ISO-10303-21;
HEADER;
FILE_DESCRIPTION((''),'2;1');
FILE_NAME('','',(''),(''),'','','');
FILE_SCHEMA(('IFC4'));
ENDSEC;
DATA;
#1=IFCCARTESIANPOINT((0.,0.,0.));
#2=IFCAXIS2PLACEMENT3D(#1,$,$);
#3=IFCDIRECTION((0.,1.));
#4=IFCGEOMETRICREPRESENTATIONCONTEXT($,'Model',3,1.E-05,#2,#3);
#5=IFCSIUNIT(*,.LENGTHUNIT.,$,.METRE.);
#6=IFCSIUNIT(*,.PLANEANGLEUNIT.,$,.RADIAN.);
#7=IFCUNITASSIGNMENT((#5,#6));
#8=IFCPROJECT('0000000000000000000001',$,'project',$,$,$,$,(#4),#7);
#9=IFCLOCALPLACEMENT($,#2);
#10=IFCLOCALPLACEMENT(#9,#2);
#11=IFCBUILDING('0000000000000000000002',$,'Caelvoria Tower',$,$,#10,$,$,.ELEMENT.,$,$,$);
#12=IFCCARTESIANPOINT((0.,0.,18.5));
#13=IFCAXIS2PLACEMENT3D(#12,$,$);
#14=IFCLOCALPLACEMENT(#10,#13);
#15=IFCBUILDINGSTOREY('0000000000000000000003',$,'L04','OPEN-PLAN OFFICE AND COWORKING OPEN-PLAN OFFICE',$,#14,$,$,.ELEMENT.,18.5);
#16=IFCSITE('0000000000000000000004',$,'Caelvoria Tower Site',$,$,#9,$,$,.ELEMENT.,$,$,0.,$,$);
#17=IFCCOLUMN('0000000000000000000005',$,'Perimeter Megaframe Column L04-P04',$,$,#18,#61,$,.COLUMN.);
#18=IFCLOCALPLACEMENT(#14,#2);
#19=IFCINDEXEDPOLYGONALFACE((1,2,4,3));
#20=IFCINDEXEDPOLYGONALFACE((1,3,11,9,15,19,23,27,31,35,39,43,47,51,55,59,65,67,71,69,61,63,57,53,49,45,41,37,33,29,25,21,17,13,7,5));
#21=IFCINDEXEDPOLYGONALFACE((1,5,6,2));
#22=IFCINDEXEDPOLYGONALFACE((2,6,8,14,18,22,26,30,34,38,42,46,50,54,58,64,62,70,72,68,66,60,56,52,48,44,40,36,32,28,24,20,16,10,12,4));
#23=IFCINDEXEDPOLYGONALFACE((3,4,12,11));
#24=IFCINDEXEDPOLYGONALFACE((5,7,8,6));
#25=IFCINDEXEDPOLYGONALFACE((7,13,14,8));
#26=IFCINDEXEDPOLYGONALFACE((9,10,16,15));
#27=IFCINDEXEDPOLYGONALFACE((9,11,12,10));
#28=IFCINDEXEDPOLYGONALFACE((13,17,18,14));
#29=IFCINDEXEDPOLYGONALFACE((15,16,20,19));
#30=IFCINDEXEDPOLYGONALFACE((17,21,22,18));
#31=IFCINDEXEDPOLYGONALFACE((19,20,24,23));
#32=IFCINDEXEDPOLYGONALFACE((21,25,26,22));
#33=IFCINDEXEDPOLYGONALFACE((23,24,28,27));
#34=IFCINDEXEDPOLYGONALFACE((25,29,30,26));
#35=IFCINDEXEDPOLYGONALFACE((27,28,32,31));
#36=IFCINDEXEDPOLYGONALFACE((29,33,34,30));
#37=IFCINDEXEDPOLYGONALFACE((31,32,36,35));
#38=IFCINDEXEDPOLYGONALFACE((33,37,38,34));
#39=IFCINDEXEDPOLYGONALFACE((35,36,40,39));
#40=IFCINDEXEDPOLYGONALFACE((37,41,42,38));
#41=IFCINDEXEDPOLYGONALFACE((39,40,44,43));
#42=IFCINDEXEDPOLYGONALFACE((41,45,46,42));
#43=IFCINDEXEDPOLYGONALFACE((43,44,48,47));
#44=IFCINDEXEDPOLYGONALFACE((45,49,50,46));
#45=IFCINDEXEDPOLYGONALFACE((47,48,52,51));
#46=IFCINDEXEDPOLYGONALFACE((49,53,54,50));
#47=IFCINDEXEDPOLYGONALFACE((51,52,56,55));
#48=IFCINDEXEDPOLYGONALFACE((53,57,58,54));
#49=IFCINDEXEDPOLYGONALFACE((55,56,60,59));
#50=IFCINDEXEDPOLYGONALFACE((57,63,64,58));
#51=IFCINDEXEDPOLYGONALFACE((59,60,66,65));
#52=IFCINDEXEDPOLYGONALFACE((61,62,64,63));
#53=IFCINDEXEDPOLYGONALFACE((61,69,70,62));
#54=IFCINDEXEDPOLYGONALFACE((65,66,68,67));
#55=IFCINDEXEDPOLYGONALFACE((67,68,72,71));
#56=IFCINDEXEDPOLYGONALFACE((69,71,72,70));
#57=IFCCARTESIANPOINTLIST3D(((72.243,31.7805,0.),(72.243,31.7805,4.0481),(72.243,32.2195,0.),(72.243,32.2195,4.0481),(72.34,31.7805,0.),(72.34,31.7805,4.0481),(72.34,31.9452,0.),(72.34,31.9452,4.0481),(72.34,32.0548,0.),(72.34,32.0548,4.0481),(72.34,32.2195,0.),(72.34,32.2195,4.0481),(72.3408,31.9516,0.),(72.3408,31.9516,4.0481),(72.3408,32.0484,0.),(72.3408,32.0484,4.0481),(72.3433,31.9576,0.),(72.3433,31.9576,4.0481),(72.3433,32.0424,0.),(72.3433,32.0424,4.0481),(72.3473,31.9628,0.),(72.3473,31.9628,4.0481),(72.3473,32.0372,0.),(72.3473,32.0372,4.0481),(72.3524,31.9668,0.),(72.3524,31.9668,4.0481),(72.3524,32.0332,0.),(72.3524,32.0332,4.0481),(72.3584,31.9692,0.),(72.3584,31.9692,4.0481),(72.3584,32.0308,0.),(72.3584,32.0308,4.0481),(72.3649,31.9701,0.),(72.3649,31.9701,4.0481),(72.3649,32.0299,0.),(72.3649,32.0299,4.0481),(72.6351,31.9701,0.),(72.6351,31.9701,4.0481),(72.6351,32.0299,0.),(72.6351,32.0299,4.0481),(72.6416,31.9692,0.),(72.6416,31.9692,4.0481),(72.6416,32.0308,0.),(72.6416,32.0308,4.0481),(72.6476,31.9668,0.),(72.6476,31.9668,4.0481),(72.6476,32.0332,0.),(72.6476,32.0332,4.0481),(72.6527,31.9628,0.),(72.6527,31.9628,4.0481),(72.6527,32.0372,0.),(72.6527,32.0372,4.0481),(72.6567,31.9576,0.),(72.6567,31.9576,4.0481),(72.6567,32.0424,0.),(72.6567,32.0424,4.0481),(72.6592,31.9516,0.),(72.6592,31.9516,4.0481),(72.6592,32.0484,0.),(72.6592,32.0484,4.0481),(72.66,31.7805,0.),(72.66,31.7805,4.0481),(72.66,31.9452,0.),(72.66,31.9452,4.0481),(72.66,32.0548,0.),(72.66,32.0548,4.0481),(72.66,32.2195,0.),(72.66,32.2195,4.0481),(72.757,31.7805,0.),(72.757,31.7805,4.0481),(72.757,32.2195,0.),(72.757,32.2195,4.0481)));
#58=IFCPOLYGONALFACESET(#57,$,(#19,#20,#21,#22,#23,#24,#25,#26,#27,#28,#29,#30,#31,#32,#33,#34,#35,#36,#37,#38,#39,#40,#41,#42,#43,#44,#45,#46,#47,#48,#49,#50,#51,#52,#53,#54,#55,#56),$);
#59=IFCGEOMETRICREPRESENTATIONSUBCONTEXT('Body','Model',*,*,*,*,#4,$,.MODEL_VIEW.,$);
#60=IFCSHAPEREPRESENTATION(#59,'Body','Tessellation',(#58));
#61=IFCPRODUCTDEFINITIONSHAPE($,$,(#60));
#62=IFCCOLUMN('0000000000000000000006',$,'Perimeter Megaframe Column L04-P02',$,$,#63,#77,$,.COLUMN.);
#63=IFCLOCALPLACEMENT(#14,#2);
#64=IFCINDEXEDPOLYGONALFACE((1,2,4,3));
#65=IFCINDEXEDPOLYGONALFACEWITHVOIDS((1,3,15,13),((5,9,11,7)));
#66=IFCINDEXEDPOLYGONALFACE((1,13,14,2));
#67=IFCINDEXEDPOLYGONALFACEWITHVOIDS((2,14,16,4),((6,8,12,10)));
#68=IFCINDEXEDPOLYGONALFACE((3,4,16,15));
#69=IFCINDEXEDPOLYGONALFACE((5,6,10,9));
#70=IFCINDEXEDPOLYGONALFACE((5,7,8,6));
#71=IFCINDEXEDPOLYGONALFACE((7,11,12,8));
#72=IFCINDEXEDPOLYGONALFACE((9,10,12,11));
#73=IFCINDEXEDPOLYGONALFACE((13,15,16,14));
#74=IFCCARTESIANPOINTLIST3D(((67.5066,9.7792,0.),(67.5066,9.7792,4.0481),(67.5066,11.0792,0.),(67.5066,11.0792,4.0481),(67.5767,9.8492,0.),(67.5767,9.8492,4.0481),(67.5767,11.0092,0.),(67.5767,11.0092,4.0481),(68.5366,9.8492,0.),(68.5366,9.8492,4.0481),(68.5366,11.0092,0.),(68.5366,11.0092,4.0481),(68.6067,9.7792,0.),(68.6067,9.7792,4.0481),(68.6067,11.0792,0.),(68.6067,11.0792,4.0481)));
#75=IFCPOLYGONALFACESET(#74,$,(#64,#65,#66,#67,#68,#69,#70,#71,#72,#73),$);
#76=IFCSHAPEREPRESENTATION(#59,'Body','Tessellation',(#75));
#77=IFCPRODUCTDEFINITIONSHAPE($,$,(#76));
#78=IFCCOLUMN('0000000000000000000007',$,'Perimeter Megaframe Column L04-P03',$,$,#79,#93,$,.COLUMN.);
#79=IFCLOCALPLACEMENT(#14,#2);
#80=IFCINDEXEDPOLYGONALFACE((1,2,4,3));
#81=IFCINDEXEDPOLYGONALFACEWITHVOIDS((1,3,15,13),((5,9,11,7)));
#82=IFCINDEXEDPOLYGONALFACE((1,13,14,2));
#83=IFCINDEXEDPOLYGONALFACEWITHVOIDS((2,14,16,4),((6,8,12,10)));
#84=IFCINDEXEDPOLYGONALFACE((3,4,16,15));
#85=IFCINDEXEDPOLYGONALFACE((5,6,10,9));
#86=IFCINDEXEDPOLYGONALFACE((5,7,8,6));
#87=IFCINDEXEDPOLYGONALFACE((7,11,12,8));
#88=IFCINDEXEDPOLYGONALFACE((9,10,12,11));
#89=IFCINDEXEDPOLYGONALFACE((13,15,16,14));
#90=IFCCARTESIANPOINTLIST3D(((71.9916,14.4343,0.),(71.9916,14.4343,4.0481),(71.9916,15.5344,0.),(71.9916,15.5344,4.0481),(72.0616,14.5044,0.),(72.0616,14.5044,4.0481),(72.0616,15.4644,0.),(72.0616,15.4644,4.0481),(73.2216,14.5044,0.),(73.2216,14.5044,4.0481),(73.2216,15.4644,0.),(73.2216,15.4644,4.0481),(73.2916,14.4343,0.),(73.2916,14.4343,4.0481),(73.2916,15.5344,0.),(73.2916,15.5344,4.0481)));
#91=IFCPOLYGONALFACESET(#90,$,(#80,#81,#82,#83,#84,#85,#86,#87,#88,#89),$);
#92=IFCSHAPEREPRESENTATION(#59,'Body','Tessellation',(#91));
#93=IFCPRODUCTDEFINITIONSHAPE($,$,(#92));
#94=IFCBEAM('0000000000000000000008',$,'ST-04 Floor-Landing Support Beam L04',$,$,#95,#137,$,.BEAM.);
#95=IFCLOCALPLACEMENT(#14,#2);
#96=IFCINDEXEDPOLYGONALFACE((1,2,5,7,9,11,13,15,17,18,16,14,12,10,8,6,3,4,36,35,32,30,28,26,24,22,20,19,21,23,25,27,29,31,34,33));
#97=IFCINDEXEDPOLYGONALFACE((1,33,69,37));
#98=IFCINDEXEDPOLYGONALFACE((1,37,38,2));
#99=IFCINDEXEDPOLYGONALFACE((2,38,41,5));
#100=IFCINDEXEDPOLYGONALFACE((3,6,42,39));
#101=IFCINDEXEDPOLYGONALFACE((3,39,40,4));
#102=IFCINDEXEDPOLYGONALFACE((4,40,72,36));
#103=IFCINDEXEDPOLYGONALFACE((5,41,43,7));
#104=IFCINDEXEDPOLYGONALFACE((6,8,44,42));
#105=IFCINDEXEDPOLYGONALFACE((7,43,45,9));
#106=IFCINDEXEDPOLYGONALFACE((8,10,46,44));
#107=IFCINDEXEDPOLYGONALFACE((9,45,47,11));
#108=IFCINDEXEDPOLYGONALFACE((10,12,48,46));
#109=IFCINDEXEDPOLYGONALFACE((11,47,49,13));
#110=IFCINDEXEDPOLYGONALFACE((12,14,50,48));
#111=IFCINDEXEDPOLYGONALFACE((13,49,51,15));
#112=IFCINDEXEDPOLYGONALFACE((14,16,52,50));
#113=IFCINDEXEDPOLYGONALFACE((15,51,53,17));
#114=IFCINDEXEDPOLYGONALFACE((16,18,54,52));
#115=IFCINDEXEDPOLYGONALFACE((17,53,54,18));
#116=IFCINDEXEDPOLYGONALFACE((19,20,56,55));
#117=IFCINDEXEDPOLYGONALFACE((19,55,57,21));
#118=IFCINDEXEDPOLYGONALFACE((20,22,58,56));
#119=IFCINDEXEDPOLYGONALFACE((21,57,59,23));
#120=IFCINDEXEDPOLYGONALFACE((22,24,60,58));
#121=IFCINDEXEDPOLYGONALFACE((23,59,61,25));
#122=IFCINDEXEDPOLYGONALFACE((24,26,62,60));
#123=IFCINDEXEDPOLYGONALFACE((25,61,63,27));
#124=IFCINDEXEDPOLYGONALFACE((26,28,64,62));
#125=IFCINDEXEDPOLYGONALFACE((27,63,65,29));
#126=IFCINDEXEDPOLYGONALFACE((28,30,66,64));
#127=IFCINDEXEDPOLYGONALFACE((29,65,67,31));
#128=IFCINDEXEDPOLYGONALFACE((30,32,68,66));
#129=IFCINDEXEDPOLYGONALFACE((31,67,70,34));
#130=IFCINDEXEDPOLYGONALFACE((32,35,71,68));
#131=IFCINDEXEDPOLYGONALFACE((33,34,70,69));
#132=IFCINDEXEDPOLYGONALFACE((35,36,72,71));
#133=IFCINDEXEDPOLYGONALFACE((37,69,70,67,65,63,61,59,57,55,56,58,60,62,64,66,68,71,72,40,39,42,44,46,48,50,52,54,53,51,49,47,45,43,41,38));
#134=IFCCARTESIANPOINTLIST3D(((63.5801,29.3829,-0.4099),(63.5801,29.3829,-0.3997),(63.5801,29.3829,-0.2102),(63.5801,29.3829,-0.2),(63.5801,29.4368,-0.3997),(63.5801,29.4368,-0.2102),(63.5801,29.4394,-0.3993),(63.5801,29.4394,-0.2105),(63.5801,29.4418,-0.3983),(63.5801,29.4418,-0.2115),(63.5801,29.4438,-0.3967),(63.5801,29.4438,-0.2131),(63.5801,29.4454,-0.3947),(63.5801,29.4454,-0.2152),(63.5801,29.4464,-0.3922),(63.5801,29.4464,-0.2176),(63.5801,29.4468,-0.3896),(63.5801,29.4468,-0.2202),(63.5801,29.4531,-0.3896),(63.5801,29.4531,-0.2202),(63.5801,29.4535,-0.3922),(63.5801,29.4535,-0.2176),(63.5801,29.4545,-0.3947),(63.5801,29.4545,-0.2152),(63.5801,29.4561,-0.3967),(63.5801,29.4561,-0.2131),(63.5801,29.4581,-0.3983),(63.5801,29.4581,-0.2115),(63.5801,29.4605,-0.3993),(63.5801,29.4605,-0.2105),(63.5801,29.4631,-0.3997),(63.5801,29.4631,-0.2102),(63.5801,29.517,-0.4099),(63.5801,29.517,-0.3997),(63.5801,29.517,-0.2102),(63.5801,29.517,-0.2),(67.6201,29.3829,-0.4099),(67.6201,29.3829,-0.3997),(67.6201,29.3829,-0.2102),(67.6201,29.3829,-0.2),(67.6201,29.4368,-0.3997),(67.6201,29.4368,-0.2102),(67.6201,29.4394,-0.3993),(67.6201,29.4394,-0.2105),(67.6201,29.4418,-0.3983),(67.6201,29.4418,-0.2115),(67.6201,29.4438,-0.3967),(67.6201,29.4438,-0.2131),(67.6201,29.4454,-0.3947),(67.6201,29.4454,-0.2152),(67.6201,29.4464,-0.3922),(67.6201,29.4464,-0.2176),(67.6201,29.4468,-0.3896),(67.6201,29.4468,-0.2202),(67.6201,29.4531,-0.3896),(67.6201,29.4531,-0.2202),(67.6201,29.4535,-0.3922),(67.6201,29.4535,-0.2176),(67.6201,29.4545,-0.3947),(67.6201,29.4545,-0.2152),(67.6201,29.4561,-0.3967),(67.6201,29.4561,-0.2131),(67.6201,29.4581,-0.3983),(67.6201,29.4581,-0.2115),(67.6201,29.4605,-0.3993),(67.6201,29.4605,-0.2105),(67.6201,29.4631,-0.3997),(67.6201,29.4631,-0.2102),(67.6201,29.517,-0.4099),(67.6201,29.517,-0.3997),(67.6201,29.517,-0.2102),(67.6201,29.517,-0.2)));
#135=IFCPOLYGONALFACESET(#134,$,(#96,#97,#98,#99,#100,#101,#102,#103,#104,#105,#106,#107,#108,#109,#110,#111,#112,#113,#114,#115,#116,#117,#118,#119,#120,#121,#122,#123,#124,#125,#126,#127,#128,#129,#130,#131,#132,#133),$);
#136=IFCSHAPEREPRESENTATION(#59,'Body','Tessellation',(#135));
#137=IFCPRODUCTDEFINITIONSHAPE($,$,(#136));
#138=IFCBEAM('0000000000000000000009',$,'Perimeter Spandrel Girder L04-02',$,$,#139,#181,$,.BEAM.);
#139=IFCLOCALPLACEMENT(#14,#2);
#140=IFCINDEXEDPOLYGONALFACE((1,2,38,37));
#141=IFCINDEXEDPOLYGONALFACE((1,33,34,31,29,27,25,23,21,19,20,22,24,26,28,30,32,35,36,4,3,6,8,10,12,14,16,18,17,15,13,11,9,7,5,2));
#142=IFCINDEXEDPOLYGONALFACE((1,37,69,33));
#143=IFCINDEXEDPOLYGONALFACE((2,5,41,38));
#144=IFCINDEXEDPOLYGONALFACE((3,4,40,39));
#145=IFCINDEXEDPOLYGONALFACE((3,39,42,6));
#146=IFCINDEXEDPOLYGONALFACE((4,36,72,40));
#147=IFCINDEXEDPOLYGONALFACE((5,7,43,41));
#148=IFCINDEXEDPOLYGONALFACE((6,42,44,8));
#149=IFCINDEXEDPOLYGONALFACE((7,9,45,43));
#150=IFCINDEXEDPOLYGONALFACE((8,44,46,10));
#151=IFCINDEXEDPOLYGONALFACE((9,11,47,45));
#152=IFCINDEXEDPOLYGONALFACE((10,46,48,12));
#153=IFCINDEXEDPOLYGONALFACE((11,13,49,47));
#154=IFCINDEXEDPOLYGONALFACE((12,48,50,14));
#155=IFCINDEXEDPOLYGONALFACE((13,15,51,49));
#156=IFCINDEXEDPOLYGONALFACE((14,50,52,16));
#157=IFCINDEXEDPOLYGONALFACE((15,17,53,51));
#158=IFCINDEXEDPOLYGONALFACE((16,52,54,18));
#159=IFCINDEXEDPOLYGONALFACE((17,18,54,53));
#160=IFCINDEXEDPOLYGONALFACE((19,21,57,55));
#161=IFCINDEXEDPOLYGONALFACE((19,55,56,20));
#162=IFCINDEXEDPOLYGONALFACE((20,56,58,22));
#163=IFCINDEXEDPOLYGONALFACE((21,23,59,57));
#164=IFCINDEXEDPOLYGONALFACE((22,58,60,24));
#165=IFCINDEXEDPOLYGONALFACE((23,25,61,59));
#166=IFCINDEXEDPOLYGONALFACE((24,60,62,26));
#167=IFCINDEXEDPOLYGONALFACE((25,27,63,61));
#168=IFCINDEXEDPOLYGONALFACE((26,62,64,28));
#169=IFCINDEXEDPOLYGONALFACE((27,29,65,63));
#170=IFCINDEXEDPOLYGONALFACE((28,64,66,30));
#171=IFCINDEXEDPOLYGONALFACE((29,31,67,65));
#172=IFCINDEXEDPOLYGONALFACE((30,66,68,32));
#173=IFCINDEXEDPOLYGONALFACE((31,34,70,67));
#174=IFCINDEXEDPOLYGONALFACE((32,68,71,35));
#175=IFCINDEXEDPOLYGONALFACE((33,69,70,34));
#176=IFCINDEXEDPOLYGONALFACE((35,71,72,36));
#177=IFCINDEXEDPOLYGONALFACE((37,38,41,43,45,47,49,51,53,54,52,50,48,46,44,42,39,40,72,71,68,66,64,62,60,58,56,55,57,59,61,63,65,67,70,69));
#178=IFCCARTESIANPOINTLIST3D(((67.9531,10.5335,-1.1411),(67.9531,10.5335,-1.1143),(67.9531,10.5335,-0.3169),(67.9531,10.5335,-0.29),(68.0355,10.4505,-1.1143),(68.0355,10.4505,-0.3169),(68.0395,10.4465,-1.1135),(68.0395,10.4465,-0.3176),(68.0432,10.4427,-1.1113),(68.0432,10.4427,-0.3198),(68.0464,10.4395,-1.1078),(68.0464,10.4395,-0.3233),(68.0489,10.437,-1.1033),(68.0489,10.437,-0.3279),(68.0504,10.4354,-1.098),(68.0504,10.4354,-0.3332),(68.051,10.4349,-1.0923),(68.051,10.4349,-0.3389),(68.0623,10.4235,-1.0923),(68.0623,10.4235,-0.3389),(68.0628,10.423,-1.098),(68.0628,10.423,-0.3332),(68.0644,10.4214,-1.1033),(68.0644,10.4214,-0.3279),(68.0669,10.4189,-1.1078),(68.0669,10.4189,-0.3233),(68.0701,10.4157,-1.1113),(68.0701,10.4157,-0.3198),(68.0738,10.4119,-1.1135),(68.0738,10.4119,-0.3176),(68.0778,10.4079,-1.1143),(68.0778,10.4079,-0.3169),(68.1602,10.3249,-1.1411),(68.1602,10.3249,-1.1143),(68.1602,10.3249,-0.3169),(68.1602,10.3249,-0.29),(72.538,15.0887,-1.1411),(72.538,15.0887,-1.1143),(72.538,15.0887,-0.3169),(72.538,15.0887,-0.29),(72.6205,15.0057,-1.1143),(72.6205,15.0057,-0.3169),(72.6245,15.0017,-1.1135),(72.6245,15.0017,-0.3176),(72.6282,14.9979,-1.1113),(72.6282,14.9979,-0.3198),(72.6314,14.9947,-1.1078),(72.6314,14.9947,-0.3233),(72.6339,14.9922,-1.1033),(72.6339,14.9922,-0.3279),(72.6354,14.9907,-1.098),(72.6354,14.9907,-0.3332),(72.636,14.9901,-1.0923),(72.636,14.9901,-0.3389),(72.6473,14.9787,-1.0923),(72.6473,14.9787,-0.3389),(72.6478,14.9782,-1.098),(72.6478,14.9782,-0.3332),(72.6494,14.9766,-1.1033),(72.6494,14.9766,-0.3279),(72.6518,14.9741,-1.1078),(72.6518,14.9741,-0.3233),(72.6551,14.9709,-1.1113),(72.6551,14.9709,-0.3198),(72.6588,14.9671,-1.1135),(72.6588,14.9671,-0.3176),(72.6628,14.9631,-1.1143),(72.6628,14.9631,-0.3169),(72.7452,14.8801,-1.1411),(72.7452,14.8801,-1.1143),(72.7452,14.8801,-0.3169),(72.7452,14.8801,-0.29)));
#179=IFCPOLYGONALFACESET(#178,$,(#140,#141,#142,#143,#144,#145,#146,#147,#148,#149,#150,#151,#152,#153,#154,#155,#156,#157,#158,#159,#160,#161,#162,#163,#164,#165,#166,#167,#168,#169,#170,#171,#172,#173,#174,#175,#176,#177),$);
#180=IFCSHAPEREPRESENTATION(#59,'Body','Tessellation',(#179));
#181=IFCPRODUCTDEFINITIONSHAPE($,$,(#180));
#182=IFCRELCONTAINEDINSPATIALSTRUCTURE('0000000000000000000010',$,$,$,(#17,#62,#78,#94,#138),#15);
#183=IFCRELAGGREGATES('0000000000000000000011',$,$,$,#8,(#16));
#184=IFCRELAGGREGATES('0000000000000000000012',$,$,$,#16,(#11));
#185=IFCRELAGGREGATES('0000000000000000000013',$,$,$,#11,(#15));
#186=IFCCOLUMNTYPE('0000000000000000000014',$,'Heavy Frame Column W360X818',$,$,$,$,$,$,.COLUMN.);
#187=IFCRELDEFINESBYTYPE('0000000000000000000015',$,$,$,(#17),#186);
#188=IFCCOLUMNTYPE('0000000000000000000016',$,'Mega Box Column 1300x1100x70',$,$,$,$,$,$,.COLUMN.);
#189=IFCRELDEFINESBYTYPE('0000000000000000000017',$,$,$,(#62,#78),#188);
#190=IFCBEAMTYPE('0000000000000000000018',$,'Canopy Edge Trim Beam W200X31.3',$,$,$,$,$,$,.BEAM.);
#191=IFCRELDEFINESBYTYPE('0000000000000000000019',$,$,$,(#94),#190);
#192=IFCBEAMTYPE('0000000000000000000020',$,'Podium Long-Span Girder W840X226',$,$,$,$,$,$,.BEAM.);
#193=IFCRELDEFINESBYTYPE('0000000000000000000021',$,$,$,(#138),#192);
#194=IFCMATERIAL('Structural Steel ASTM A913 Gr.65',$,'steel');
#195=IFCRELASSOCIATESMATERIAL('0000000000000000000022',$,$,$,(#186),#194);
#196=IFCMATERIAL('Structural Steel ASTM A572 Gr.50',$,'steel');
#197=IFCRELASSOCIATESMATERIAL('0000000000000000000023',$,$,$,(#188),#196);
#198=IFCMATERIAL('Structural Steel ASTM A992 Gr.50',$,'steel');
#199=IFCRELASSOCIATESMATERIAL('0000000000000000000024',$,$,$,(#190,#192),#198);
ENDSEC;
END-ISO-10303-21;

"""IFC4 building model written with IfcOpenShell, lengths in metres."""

from ifc_helpers import new_model, si_unit, direction, frame, origin, origin_2d, place, context, subcontext, project, spatial, hollow_rectangle, i_section, extrude, material, material_profile, profile_set, type_object, element, save


model = new_model("IFC4")

# Units and contexts
model_context = context("Model", 3, precision=1e-05, world=origin(), true_north=direction((0.0, 1.0)))
body_context = subcontext(model_context, "Body", "Model", "MODEL_VIEW")
ifc_project = project(units=[si_unit("LENGTHUNIT", "METRE"), si_unit("PLANEANGLEUNIT", "RADIAN")], contexts=[model_context])

# Site, building, storey
site_placement = place(None, origin())
site = spatial("IfcSite", under=ifc_project, at=site_placement, Name="Caelvoria Tower Site", CompositionType="ELEMENT", RefElevation=0.0)
building_placement = place(site_placement, origin())
building = spatial("IfcBuilding", under=site, at=building_placement, Name="Caelvoria Tower", CompositionType="ELEMENT")
storey_placement = place(building_placement, frame((0.0, 0.0, 18.5)))
storey = spatial("IfcBuildingStorey", under=building, at=storey_placement, Name="L04", Description="OPEN-PLAN OFFICE AND COWORKING OPEN-PLAN OFFICE", CompositionType="ELEMENT", Elevation=18.5)

# Columns
ifc_material_1 = material(Name="Structural Steel ASTM A913 Gr.65", Category="steel")
ifc_material_profile_1 = material_profile(ifc_material_1, i_section(OverallWidth=0.439, OverallDepth=0.5139, WebThickness=0.0598, FlangeThickness=0.0969, FilletRadius=0.0249, at=origin_2d()), Name="Structural Steel ASTM A913 Gr.65")
ifc_profile_set_1 = profile_set([ifc_material_profile_1], Name="W360X818 - Structural Steel ASTM A913 Gr.65")
column_type_1 = type_object("IfcColumnType", Name="Heavy Frame Column W360X818", PredefinedType="COLUMN", material=ifc_profile_set_1)
column_placement = place(storey_placement, frame((72.5, 32.0, 0.0), z_axis=(0.0, 0.0, 1.0), x_axis=(0.0, 1.0, 0.0)))
element("IfcColumn", 1, at=column_placement, inside=storey, type_object=column_type_1, Name="Perimeter Megaframe Column L04-P04", PredefinedType="COLUMN", context=body_context, shape_type="SweptSolid", body=[
    extrude(i_section(OverallWidth=0.439, OverallDepth=0.5139, WebThickness=0.0598, FlangeThickness=0.0969, FilletRadius=0.0249, at=origin_2d()), origin(), (0.0, 0.0, 1.0), 4.0481),
])
ifc_material_2 = material(Name="Structural Steel ASTM A572 Gr.50", Category="steel")
ifc_material_profile_2 = material_profile(ifc_material_2, hollow_rectangle(XDim=1.1001, YDim=1.3, WallThickness=0.0701, at=origin_2d()), Name="Structural Steel ASTM A572 Gr.50")
ifc_profile_set_2 = profile_set([ifc_material_profile_2], Name="BOX1300X1100X70 - Structural Steel ASTM A572 Gr.50")
column_type_2 = type_object("IfcColumnType", Name="Mega Box Column 1300x1100x70", PredefinedType="COLUMN", material=ifc_profile_set_2)
for number, where, z_axis, x_axis, name in (
    (2, (68.0566, 10.4292, 0.0), (0.0, 0.0, 1.0), (1.0, 0.0, 0.0), "Perimeter Megaframe Column L04-P02"),
    (3, (72.6416, 14.9844, 0.0), (0.0, 0.0, 1.0), (0.0, 1.0, 0.0), "Perimeter Megaframe Column L04-P03"),
):
    element("IfcColumn", number, at=place(storey_placement, frame(where, z_axis=z_axis, x_axis=x_axis)), inside=storey, type_object=column_type_2, Name=name, PredefinedType="COLUMN", context=body_context, shape_type="SweptSolid", body=[
        extrude(hollow_rectangle(XDim=1.1001, YDim=1.3, WallThickness=0.0701, at=origin_2d()), origin(), (0.0, 0.0, 1.0), 4.0481),
    ])

# Beams
ifc_material_3 = material(Name="Structural Steel ASTM A992 Gr.50", Category="steel")
ifc_material_profile_3 = material_profile(ifc_material_3, i_section(OverallWidth=0.134, OverallDepth=0.21, WebThickness=0.0063, FlangeThickness=0.0103, FilletRadius=0.01, at=origin_2d()), Name="Structural Steel ASTM A992 Gr.50")
ifc_profile_set_3 = profile_set([ifc_material_profile_3], Name="W200X31.3 - Structural Steel ASTM A992 Gr.50")
beam_type_1 = type_object("IfcBeamType", Name="Canopy Edge Trim Beam W200X31.3", PredefinedType="BEAM", material=ifc_profile_set_3)
beam_1_placement = place(storey_placement, frame((63.5801, 29.45, -0.3049), z_axis=(1.0, 0.0, 0.0), x_axis=(0.0, 1.0, 0.0)))
element("IfcBeam", 4, at=beam_1_placement, inside=storey, type_object=beam_type_1, Name="ST-04 Floor-Landing Support Beam L04", PredefinedType="BEAM", context=body_context, shape_type="SweptSolid", body=[
    extrude(i_section(OverallWidth=0.134, OverallDepth=0.21, WebThickness=0.0063, FlangeThickness=0.0103, FilletRadius=0.01, at=origin_2d()), origin(), (0.0, 0.0, 1.0), 4.04),
])
ifc_material_profile_4 = material_profile(ifc_material_3, i_section(OverallWidth=0.2939, OverallDepth=0.8511, WebThickness=0.0161, FlangeThickness=0.0269, FilletRadius=0.022, at=origin_2d()), Name="Structural Steel ASTM A992 Gr.50")
ifc_profile_set_4 = profile_set([ifc_material_profile_4], Name="W840X226 - Structural Steel ASTM A992 Gr.50")
beam_type_2 = type_object("IfcBeamType", Name="Podium Long-Span Girder W840X226", PredefinedType="BEAM", material=ifc_profile_set_4)
beam_2_placement = place(storey_placement, frame((68.0566, 10.4292, -0.7156), z_axis=(0.709407, 0.704799, 0.0), x_axis=(-0.704799, 0.709407, 0.0)))
element("IfcBeam", 5, at=beam_2_placement, inside=storey, type_object=beam_type_2, Name="Perimeter Spandrel Girder L04-02", PredefinedType="BEAM", context=body_context, shape_type="SweptSolid", body=[
    extrude(i_section(OverallWidth=0.2939, OverallDepth=0.8511, WebThickness=0.0161, FlangeThickness=0.0269, FilletRadius=0.022, at=origin_2d()), origin(), (0.0, 0.0, 1.0), 6.4631),
])

save(model, "model.ifc")
